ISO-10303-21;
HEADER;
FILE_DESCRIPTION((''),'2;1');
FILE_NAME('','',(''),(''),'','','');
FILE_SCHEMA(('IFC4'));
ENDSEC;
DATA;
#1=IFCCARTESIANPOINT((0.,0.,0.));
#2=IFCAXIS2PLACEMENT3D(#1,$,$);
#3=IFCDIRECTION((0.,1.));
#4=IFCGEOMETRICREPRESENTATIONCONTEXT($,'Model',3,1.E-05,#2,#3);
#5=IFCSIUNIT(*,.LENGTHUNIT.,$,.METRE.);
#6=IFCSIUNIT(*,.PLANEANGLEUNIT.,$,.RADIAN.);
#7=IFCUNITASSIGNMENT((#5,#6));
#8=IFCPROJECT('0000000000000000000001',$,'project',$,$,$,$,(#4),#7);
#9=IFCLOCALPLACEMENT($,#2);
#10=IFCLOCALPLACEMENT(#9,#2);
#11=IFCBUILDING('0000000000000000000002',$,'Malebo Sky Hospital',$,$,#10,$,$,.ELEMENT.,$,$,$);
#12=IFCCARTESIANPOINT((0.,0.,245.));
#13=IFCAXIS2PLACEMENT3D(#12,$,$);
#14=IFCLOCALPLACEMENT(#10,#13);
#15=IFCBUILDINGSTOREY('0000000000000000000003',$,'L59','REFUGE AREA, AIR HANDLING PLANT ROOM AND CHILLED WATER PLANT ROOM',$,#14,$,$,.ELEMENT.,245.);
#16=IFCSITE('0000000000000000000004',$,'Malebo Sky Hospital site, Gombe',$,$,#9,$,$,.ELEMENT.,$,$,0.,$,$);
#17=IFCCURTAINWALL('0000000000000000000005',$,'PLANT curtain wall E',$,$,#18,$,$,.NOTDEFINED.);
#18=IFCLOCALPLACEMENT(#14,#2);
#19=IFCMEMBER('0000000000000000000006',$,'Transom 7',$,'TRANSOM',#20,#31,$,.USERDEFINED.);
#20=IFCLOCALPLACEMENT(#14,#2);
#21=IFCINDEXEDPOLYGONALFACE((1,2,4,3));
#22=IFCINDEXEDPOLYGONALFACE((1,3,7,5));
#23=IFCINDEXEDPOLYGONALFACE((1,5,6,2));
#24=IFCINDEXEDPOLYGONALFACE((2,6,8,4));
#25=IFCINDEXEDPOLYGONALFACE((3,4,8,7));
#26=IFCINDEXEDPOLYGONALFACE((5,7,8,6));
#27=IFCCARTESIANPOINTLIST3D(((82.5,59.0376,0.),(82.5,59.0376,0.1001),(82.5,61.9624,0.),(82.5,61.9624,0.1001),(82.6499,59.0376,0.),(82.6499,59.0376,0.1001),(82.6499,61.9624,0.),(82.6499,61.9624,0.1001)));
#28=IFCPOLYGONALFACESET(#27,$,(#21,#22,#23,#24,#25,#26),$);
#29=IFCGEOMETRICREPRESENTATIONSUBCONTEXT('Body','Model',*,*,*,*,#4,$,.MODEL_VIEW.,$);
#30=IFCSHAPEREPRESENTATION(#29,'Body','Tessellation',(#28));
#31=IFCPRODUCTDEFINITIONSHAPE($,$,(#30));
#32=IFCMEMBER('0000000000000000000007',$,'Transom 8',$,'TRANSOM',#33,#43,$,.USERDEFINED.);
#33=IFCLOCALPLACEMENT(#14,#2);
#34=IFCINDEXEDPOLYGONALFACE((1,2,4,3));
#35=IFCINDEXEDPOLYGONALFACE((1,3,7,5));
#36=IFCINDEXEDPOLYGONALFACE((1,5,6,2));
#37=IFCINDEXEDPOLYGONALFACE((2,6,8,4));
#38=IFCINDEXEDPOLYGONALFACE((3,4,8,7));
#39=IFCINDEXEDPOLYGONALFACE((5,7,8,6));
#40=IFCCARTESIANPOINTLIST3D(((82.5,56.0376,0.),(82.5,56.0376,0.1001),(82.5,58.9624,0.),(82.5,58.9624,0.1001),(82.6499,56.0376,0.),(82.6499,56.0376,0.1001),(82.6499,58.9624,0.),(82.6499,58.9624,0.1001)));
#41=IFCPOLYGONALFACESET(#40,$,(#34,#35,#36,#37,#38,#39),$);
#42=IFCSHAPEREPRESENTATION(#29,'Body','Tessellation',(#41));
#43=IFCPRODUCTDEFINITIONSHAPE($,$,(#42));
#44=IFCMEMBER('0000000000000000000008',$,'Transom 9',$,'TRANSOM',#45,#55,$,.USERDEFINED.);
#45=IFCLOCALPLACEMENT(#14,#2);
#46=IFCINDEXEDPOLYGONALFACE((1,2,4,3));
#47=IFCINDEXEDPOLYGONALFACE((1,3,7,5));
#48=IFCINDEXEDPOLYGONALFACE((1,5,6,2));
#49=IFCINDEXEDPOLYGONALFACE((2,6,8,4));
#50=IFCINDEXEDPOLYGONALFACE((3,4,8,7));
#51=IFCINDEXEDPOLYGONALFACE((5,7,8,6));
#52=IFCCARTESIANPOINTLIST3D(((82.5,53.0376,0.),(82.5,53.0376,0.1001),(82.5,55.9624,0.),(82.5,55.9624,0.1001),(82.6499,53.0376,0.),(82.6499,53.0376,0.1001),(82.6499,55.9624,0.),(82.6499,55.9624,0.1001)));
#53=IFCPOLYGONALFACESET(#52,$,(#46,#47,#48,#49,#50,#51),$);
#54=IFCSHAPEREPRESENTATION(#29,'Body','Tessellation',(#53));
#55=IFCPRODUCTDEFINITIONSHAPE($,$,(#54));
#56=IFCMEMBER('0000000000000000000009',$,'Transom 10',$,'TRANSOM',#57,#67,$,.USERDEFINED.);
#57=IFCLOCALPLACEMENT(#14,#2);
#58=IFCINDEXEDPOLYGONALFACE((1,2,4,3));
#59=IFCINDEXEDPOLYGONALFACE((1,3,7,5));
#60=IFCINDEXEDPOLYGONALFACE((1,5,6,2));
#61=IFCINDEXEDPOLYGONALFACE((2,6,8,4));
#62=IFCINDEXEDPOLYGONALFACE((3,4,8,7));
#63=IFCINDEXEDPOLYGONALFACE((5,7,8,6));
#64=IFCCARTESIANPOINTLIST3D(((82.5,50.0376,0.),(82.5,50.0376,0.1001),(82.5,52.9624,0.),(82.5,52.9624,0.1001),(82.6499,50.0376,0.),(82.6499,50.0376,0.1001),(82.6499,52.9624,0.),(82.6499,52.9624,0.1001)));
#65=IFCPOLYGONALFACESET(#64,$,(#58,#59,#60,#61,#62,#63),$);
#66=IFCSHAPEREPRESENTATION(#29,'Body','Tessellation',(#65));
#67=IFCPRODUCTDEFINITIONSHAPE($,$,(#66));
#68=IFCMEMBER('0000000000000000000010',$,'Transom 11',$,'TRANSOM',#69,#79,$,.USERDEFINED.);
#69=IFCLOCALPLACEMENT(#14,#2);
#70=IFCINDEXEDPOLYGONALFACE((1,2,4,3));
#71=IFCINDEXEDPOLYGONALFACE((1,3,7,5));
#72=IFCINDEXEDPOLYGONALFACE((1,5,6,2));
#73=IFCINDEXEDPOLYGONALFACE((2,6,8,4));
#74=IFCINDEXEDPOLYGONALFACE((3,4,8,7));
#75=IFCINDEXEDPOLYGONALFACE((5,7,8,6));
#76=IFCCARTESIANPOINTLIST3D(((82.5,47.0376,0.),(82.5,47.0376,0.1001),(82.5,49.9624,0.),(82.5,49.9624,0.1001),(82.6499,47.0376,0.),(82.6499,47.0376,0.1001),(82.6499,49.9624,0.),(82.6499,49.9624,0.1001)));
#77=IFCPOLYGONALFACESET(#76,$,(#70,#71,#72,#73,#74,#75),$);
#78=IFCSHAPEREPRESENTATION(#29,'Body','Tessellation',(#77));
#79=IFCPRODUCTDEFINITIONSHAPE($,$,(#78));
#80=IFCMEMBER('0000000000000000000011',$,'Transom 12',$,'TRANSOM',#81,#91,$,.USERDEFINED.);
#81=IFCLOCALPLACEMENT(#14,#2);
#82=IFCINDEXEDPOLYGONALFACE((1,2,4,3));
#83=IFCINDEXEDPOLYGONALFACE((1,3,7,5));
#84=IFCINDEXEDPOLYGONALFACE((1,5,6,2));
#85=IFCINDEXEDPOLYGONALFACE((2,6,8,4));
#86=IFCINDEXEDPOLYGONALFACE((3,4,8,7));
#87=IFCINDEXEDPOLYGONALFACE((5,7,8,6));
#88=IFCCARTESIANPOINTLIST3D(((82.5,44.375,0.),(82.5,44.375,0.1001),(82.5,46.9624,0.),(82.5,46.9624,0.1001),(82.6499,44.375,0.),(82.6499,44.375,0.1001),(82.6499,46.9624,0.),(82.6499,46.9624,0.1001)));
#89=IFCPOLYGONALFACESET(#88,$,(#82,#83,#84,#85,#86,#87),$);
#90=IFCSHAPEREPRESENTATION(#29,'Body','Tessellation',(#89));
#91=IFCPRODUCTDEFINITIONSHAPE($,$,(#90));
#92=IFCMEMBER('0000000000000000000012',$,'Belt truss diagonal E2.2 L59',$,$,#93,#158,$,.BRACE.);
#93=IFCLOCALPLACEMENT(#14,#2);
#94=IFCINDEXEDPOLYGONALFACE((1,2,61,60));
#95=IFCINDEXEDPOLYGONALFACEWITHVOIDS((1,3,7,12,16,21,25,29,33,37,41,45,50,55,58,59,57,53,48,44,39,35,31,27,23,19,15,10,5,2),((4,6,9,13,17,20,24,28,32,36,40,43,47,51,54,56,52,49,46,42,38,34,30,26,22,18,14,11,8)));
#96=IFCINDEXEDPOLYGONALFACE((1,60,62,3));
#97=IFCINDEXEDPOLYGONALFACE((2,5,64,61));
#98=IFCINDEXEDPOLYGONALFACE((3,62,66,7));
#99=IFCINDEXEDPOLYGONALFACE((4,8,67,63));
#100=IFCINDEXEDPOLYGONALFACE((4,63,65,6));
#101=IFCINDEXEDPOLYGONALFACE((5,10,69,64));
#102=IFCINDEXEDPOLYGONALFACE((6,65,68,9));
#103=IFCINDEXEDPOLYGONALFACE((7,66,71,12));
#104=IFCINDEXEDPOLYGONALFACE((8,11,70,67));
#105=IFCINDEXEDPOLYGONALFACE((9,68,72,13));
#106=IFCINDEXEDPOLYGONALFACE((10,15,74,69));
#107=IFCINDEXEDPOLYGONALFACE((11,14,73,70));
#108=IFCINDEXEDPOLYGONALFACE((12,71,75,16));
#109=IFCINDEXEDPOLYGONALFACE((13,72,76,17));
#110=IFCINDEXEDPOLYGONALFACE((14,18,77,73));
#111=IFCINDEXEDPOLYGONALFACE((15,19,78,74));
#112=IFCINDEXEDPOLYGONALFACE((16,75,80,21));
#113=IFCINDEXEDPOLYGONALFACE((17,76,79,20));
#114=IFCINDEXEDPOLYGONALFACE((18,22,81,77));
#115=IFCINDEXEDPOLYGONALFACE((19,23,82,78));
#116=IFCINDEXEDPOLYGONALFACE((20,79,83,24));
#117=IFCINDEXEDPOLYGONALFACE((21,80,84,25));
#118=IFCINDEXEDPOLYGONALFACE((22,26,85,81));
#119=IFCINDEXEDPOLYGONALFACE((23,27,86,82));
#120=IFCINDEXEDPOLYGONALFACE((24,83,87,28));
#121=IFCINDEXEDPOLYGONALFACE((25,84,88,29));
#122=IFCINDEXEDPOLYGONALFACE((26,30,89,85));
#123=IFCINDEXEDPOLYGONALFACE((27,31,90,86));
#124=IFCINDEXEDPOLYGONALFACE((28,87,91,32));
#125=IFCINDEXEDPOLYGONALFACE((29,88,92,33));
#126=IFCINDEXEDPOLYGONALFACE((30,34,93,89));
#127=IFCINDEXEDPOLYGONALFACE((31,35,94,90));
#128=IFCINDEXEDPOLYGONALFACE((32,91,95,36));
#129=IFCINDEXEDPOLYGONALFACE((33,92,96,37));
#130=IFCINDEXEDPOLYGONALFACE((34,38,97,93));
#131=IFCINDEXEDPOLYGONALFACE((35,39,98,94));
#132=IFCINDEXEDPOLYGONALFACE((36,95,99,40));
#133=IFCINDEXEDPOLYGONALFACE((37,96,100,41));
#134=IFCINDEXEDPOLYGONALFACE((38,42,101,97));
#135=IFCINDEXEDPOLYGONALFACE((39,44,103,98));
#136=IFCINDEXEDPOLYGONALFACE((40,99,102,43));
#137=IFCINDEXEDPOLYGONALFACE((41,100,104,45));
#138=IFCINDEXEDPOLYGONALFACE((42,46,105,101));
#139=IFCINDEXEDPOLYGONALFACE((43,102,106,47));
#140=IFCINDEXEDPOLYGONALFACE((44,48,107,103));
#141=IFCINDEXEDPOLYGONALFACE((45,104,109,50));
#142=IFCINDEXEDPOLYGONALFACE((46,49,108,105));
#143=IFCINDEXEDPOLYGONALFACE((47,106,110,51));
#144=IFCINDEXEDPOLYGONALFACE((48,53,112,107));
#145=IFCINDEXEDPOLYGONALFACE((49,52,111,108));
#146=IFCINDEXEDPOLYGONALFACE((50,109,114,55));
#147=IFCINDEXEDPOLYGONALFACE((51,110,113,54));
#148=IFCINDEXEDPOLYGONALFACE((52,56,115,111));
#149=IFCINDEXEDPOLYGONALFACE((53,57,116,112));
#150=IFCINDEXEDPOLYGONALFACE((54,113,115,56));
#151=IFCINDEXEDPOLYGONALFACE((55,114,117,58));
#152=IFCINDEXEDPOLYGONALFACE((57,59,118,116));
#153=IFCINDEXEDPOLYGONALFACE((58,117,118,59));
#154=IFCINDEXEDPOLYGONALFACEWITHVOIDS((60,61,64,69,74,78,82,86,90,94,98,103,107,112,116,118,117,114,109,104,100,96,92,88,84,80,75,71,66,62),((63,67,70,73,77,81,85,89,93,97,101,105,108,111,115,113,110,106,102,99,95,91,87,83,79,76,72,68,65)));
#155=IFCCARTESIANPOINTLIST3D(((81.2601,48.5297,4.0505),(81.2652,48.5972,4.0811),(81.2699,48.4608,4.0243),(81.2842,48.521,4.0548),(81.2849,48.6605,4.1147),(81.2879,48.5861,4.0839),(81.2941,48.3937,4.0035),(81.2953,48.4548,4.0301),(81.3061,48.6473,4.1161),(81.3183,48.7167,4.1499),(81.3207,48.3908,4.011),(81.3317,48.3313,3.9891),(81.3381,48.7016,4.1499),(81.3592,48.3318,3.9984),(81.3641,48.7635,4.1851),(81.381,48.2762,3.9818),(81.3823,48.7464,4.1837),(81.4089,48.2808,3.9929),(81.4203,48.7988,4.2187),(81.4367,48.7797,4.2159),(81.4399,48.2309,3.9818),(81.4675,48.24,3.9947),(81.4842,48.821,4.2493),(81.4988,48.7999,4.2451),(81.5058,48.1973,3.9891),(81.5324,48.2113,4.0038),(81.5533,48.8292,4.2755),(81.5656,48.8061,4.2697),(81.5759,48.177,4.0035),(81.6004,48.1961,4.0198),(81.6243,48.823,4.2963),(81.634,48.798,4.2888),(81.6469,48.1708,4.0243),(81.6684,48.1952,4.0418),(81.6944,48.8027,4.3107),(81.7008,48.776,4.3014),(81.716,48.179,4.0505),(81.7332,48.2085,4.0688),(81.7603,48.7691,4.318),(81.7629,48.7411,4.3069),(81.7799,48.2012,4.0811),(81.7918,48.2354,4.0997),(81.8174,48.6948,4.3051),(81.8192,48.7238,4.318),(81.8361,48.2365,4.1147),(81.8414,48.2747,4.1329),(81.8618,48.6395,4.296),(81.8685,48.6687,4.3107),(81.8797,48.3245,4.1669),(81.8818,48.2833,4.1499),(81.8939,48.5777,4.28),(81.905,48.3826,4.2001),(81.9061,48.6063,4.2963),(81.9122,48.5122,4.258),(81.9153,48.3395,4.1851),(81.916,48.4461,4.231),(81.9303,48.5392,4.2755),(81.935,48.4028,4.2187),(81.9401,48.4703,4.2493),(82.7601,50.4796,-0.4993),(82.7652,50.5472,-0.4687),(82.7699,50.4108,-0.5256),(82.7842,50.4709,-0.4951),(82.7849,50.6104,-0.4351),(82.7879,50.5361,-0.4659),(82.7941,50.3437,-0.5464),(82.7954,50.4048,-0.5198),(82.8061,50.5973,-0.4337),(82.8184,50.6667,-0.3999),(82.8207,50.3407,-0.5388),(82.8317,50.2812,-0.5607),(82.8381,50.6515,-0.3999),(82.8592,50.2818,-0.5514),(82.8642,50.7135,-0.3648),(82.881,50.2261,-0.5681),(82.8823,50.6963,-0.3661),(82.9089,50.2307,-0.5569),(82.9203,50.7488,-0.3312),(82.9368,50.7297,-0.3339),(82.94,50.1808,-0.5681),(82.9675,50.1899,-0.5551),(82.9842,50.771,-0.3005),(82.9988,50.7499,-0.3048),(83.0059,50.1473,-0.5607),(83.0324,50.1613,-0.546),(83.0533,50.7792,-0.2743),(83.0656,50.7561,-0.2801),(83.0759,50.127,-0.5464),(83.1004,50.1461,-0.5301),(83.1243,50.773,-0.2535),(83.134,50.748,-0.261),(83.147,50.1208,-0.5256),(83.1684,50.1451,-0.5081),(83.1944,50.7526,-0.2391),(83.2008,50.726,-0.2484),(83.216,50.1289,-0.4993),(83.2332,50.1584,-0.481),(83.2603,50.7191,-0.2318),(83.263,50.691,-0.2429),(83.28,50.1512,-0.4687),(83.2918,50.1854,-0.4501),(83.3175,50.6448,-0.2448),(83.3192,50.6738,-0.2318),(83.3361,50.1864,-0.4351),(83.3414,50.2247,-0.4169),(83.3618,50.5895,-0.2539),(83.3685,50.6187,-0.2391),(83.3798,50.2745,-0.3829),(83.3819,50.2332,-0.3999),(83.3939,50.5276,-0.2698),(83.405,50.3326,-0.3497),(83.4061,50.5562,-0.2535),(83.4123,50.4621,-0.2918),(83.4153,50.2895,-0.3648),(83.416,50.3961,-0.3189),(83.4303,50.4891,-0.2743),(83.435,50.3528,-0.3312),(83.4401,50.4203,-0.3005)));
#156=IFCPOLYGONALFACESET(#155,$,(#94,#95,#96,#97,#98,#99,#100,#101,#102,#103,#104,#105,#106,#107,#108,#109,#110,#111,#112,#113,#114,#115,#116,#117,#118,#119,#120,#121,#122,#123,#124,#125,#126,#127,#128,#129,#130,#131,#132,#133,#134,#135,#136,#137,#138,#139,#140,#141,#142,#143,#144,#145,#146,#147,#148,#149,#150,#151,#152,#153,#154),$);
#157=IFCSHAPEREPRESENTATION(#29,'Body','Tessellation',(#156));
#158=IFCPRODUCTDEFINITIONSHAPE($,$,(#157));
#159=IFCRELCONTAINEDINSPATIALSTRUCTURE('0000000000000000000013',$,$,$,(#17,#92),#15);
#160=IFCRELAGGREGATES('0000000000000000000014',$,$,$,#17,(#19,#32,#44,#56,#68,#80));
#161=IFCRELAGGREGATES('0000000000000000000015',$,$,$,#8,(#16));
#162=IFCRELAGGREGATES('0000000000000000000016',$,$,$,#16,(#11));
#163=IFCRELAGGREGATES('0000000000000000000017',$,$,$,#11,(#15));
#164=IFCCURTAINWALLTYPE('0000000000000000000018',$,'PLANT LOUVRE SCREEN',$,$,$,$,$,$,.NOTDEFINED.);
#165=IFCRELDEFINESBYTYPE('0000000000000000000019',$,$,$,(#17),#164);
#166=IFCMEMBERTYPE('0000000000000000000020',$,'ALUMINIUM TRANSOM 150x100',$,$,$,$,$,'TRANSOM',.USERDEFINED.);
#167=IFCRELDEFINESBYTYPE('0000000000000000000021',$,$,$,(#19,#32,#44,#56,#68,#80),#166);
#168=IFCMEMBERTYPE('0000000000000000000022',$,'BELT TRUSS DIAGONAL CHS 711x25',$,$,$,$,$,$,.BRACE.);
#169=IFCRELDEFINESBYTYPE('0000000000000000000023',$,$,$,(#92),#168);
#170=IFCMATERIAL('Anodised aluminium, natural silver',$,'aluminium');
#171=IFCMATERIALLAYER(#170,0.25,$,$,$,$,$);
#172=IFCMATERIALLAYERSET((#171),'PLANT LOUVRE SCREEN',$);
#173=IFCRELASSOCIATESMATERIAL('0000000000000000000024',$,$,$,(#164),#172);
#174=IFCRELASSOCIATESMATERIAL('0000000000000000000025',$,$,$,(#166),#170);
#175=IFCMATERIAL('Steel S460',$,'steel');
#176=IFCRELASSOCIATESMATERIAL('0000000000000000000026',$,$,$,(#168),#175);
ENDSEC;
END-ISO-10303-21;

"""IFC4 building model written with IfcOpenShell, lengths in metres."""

from ifc_helpers import new_model, si_unit, direction, frame, origin, origin_2d, place, context, subcontext, project, spatial, rectangle, hollow_circle, extrude, material, layer, layer_set, material_profile, profile_set, type_object, element, aggregate, save


model = new_model("IFC4")

# Units and contexts
model_context = context("Model", 3, precision=1e-05, world=origin(), true_north=direction((0.0, 1.0)))
body_context = subcontext(model_context, "Body", "Model", "MODEL_VIEW")
ifc_project = project(units=[si_unit("LENGTHUNIT", "METRE"), si_unit("PLANEANGLEUNIT", "RADIAN")], contexts=[model_context])

# Site, building, storey
site_placement = place(None, origin())
site = spatial("IfcSite", under=ifc_project, at=site_placement, Name="Malebo Sky Hospital site, Gombe", CompositionType="ELEMENT", RefElevation=0.0)
building_placement = place(site_placement, origin())
building = spatial("IfcBuilding", under=site, at=building_placement, Name="Malebo Sky Hospital", CompositionType="ELEMENT")
storey_placement = place(building_placement, frame((0.0, 0.0, 245.0)))
storey = spatial("IfcBuildingStorey", under=building, at=storey_placement, Name="L59", Description="REFUGE AREA, AIR HANDLING PLANT ROOM AND CHILLED WATER PLANT ROOM", CompositionType="ELEMENT", Elevation=245.0)

# Curtain wall, members
ifc_material_1 = material(Name="Anodised aluminium, natural silver", Category="aluminium")
ifc_layer_1 = layer(ifc_material_1, 0.25)
ifc_layer_set_1 = layer_set([ifc_layer_1], Name="PLANT LOUVRE SCREEN")
curtain_wall_type = type_object("IfcCurtainWallType", Name="PLANT LOUVRE SCREEN", PredefinedType="NOTDEFINED", material=ifc_layer_set_1)
curtain_wall_placement = place(storey_placement, origin())
curtain_wall = element("IfcCurtainWall", 1, at=curtain_wall_placement, inside=storey, type_object=curtain_wall_type, Name="PLANT curtain wall E", PredefinedType="NOTDEFINED")
ifc_material_profile_1 = material_profile(ifc_material_1, rectangle(XDim=0.1499, YDim=0.1001, at=origin_2d()), Name="ALUMINIUM TRANSOM 150x100")
ifc_profile_set_1 = profile_set([ifc_material_profile_1], Name="Anodised aluminium, natural silver")
member_type_1 = type_object("IfcMemberType", Name="ALUMINIUM TRANSOM 150x100", ElementType="TRANSOM", PredefinedType="USERDEFINED", material=ifc_profile_set_1)
member_1_placement = place(storey_placement, frame((82.575, 61.9624, 0.05), z_axis=(0.0, -1.0, 0.0), x_axis=(1.0, 0.0, 0.0)))
member_1 = element("IfcMember", 2, at=member_1_placement, type_object=member_type_1, Name="Transom 7", ObjectType="TRANSOM", PredefinedType="USERDEFINED", context=body_context, shape_type="SweptSolid", body=[
    extrude(rectangle(XDim=0.1499, YDim=0.1001, at=origin_2d()), origin(), (0.0, 0.0, 1.0), 2.9248),
])
member_2_placement = place(storey_placement, frame((82.575, 58.9624, 0.05), z_axis=(0.0, -1.0, 0.0), x_axis=(1.0, 0.0, 0.0)))
member_2 = element("IfcMember", 3, at=member_2_placement, type_object=member_type_1, Name="Transom 8", ObjectType="TRANSOM", PredefinedType="USERDEFINED", context=body_context, shape_type="SweptSolid", body=[
    extrude(rectangle(XDim=0.1499, YDim=0.1001, at=origin_2d()), origin(), (0.0, 0.0, 1.0), 2.9248),
])
member_3_placement = place(storey_placement, frame((82.575, 55.9624, 0.05), z_axis=(0.0, -1.0, 0.0), x_axis=(1.0, 0.0, 0.0)))
member_3 = element("IfcMember", 4, at=member_3_placement, type_object=member_type_1, Name="Transom 9", ObjectType="TRANSOM", PredefinedType="USERDEFINED", context=body_context, shape_type="SweptSolid", body=[
    extrude(rectangle(XDim=0.1499, YDim=0.1001, at=origin_2d()), origin(), (0.0, 0.0, 1.0), 2.9248),
])
member_4_placement = place(storey_placement, frame((82.575, 52.9624, 0.05), z_axis=(0.0, -1.0, 0.0), x_axis=(1.0, 0.0, 0.0)))
member_4 = element("IfcMember", 5, at=member_4_placement, type_object=member_type_1, Name="Transom 10", ObjectType="TRANSOM", PredefinedType="USERDEFINED", context=body_context, shape_type="SweptSolid", body=[
    extrude(rectangle(XDim=0.1499, YDim=0.1001, at=origin_2d()), origin(), (0.0, 0.0, 1.0), 2.9248),
])
member_5_placement = place(storey_placement, frame((82.575, 49.9624, 0.05), z_axis=(0.0, -1.0, 0.0), x_axis=(1.0, 0.0, 0.0)))
member_5 = element("IfcMember", 6, at=member_5_placement, type_object=member_type_1, Name="Transom 11", ObjectType="TRANSOM", PredefinedType="USERDEFINED", context=body_context, shape_type="SweptSolid", body=[
    extrude(rectangle(XDim=0.1499, YDim=0.1001, at=origin_2d()), origin(), (0.0, 0.0, 1.0), 2.9248),
])
member_6_placement = place(storey_placement, frame((82.575, 46.9624, 0.05), z_axis=(0.0, -1.0, 0.0), x_axis=(1.0, 0.0, 0.0)))
member_6 = element("IfcMember", 7, at=member_6_placement, type_object=member_type_1, Name="Transom 12", ObjectType="TRANSOM", PredefinedType="USERDEFINED", context=body_context, shape_type="SweptSolid", body=[
    extrude(rectangle(XDim=0.1499, YDim=0.1001, at=origin_2d()), origin(), (0.0, 0.0, 1.0), 2.5874),
])

# Member
ifc_material_2 = material(Name="Steel S460", Category="steel")
ifc_material_profile_2 = material_profile(ifc_material_2, hollow_circle(Radius=0.3555, WallThickness=0.0249, at=origin_2d()), Name="CHS 711x25")
ifc_profile_set_2 = profile_set([ifc_material_profile_2], Name="Steel S460")
member_type_2 = type_object("IfcMemberType", Name="BELT TRUSS DIAGONAL CHS 711x25", PredefinedType="BRACE", material=ifc_profile_set_2)
member_7_placement = place(storey_placement, frame((81.6001, 48.5, 4.1499), z_axis=(0.290005, 0.376996, -0.879643), x_axis=(-0.792617, 0.60972, 0.0)))
element("IfcMember", 8, at=member_7_placement, inside=storey, type_object=member_type_2, Name="Belt truss diagonal E2.2 L59", PredefinedType="BRACE", context=body_context, shape_type="SweptSolid", body=[
    extrude(hollow_circle(Radius=0.3555, WallThickness=0.0249, at=origin_2d()), origin(), (0.0, 0.0, 1.0), 5.1724),
])

aggregate(curtain_wall, [member_1, member_2, member_3, member_4, member_5, member_6])

save(model, "model.ifc")
